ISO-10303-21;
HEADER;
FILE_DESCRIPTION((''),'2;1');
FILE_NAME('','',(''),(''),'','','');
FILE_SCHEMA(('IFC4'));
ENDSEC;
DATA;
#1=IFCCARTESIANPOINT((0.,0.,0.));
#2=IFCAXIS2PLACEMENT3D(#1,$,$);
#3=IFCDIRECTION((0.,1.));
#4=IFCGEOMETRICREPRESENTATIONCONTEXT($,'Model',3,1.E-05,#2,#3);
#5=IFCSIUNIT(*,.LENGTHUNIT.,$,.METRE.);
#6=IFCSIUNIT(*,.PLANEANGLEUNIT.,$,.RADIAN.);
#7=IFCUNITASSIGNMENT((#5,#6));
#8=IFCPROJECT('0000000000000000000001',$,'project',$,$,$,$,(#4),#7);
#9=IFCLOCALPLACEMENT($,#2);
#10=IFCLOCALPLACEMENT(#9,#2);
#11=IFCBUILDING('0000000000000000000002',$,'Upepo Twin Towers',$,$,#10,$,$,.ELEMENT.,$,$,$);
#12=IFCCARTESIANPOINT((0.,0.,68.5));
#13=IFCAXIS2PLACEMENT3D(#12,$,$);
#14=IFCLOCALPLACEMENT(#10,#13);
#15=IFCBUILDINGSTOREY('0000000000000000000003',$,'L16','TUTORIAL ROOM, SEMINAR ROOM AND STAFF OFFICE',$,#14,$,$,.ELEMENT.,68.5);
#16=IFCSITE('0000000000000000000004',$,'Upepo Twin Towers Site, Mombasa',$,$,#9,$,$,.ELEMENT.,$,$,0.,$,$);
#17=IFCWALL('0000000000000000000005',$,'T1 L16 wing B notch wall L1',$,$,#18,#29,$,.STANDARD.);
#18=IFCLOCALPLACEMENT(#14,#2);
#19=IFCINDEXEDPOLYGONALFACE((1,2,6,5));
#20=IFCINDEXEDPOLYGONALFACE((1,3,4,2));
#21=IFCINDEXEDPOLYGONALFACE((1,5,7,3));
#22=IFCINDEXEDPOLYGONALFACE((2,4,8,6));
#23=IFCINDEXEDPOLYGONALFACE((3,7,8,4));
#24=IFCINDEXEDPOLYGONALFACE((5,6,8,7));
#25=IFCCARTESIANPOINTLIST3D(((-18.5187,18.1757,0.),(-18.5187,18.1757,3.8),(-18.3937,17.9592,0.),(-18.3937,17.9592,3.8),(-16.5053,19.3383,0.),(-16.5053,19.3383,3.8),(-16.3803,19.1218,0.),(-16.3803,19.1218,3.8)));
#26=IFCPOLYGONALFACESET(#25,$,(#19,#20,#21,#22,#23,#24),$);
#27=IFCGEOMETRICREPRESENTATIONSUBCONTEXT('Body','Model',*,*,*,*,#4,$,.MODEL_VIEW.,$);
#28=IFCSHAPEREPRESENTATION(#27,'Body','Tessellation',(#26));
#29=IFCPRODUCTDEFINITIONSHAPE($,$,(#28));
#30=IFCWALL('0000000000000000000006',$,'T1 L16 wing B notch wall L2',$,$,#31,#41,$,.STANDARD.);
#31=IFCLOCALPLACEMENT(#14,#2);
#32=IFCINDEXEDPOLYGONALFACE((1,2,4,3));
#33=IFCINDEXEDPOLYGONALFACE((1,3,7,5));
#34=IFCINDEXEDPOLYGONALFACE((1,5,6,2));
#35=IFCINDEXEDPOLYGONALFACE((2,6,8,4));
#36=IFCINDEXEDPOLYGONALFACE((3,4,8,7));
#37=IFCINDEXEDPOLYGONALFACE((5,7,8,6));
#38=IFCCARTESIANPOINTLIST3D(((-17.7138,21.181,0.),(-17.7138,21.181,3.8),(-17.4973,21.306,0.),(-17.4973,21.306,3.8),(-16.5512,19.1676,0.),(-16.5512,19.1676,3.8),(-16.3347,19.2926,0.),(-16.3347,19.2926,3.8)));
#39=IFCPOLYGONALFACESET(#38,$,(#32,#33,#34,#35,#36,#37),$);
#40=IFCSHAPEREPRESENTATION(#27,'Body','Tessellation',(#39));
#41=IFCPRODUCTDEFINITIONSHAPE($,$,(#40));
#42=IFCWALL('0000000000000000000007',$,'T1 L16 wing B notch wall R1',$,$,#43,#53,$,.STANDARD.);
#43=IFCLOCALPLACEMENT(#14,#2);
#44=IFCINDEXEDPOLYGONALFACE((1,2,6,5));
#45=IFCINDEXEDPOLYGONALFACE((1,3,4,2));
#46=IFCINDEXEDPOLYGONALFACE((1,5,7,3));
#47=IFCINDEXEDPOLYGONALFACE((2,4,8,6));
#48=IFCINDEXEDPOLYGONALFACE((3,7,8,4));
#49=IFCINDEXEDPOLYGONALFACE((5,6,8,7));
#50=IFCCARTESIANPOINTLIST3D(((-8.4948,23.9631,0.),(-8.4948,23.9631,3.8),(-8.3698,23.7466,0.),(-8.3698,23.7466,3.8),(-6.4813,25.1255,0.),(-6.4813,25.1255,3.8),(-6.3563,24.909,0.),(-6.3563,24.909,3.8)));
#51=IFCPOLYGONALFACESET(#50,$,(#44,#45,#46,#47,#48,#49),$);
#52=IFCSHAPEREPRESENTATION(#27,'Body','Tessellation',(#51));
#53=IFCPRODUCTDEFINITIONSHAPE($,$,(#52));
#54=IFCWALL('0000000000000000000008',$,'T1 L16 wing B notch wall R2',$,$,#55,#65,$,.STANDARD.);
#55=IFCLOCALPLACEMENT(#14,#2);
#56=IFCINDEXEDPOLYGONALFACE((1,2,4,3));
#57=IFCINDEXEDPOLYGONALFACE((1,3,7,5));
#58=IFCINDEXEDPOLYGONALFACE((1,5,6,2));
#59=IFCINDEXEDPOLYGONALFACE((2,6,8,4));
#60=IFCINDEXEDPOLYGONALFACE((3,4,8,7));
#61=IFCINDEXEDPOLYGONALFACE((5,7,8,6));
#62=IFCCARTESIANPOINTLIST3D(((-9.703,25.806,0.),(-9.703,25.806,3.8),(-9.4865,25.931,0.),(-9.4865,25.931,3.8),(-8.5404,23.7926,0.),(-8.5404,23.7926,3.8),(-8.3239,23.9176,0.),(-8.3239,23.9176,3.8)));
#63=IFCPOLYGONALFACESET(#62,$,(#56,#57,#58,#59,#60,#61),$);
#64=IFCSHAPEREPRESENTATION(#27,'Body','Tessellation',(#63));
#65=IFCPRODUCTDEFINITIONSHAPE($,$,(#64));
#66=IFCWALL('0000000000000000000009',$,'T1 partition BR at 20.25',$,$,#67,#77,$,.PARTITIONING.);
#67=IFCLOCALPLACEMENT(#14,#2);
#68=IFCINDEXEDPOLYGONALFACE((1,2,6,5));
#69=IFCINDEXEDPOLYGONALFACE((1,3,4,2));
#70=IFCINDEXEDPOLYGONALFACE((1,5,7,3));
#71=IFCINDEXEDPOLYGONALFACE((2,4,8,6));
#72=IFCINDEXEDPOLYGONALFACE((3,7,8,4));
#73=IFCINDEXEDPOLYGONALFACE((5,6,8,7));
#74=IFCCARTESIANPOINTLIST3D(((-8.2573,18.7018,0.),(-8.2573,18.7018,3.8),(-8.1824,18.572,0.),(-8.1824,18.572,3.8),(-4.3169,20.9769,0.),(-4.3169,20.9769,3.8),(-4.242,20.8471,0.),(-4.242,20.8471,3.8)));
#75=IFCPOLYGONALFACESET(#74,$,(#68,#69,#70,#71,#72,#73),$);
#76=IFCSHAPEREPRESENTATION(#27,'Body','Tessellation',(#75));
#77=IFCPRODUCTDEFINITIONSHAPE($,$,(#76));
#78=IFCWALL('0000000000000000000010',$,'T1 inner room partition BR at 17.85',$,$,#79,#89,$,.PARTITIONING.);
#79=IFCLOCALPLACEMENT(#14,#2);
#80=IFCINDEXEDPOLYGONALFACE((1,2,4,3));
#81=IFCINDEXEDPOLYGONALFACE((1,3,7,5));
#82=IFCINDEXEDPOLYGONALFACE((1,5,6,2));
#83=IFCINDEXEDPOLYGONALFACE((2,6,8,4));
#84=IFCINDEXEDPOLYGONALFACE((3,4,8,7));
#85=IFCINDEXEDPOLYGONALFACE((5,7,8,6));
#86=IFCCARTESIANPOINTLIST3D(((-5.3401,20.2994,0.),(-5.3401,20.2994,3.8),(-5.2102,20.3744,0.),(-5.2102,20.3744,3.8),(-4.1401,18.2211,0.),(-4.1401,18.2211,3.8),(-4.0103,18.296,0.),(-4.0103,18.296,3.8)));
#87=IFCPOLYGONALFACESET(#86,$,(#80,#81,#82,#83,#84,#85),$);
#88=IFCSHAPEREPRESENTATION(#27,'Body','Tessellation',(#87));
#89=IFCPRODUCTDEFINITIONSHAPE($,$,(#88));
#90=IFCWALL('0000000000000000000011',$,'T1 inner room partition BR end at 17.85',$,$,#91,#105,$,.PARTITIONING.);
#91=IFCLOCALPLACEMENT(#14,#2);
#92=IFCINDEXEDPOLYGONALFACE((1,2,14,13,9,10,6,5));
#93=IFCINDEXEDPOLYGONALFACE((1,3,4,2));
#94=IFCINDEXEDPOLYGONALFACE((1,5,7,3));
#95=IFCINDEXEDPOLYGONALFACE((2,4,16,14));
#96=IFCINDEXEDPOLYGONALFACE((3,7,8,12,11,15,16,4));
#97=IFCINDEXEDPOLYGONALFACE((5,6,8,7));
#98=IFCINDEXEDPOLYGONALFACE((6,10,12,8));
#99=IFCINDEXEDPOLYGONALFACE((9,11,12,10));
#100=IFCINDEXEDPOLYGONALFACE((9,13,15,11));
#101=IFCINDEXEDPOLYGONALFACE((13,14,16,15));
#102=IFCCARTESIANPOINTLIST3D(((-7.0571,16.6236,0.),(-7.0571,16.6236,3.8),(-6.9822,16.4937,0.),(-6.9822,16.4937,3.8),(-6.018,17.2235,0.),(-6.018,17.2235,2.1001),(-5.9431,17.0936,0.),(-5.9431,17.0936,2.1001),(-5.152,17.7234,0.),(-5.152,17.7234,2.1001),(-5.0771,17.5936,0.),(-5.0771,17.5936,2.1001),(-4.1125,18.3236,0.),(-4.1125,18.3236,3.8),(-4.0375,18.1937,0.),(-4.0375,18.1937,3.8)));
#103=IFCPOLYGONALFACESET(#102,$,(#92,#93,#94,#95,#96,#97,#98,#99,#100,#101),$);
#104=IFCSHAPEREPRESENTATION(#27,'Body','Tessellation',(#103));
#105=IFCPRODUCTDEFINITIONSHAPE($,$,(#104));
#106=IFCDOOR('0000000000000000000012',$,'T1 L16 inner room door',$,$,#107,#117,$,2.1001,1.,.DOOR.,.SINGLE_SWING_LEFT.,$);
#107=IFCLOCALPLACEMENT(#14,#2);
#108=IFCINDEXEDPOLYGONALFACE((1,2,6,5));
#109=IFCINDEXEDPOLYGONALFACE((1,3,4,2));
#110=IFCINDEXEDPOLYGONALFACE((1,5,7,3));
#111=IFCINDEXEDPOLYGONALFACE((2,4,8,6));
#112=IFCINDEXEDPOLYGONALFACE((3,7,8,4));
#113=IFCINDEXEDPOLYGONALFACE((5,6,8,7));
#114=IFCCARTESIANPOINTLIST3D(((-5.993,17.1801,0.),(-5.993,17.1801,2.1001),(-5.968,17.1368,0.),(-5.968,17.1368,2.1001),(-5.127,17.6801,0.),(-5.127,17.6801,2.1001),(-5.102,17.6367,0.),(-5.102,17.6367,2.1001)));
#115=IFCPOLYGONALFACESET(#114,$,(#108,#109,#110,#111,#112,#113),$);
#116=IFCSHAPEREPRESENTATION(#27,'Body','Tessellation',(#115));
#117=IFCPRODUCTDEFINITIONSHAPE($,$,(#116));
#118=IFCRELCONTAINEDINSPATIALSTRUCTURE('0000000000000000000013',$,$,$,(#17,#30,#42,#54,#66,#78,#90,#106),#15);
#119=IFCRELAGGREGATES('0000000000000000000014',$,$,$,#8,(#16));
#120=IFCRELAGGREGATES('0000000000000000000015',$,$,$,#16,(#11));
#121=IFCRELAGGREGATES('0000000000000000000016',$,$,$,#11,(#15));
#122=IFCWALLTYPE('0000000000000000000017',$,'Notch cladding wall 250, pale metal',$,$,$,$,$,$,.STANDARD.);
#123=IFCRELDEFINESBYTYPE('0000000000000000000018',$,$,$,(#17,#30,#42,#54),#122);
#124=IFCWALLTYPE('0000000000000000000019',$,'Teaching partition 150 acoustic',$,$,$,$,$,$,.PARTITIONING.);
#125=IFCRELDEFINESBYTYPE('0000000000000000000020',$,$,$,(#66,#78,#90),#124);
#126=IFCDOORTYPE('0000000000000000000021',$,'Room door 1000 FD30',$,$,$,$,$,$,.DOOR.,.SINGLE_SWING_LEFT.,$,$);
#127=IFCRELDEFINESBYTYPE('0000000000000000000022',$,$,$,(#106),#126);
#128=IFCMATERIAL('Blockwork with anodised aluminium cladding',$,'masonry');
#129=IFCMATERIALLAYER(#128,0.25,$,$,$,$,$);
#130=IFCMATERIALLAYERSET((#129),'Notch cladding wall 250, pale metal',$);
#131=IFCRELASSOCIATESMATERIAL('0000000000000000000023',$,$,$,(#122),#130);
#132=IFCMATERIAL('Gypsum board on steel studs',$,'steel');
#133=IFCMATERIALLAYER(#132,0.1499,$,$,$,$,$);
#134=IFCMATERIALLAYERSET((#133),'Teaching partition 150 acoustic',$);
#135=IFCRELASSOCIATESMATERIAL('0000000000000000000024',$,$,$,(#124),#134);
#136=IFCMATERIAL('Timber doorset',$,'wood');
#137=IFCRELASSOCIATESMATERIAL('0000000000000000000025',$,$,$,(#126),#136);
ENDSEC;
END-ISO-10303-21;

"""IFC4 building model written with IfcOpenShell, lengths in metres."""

from ifc_helpers import new_model, si_unit, direction, frame, frame_2d, origin, place, context, subcontext, project, spatial, rectangle, extrude, material, layer, layer_set, type_object, element, fill, save


model = new_model("IFC4")

# Units and contexts
model_context = context("Model", 3, precision=1e-05, world=origin(), true_north=direction((0.0, 1.0)))
body_context = subcontext(model_context, "Body", "Model", "MODEL_VIEW")
ifc_project = project(units=[si_unit("LENGTHUNIT", "METRE"), si_unit("PLANEANGLEUNIT", "RADIAN")], contexts=[model_context])

# Site, building, storey
site_placement = place(None, origin())
site = spatial("IfcSite", under=ifc_project, at=site_placement, Name="Upepo Twin Towers Site, Mombasa", CompositionType="ELEMENT", RefElevation=0.0)
building_placement = place(site_placement, origin())
building = spatial("IfcBuilding", under=site, at=building_placement, Name="Upepo Twin Towers", CompositionType="ELEMENT")
storey_placement = place(building_placement, frame((0.0, 0.0, 68.5)))
storey = spatial("IfcBuildingStorey", under=building, at=storey_placement, Name="L16", Description="TUTORIAL ROOM, SEMINAR ROOM AND STAFF OFFICE", CompositionType="ELEMENT", Elevation=68.5)

# Walls
ifc_material_1 = material(Name="Blockwork with anodised aluminium cladding", Category="masonry")
ifc_layer_1 = layer(ifc_material_1, 0.25)
ifc_layer_set_1 = layer_set([ifc_layer_1], Name="Notch cladding wall 250, pale metal")
wall_type_1 = type_object("IfcWallType", Name="Notch cladding wall 250, pale metal", PredefinedType="STANDARD", material=ifc_layer_set_1)
for number, where, z_axis, x_axis, name in (
    (1, (-18.4563, 18.0674, 0.0), (0.0, 0.0, 1.0), (0.865998, 0.500047, 0.0), "T1 L16 wing B notch wall L1"),
    (2, (-16.4429, 19.23, 0.0), (0.0, 0.0, 1.0), (-0.500047, 0.865998, 0.0), "T1 L16 wing B notch wall L2"),
    (3, (-6.4187, 25.0173, 0.0), (0.0, 0.0, 1.0), (-0.866044, -0.499968, 0.0), "T1 L16 wing B notch wall R1"),
    (4, (-8.4321, 23.855, 0.0), (0.0, 0.0, 1.0), (-0.500047, 0.865998, 0.0), "T1 L16 wing B notch wall R2"),
):
    element("IfcWall", number, at=place(storey_placement, frame(where, z_axis=z_axis, x_axis=x_axis)), inside=storey, type_object=wall_type_1, Name=name, PredefinedType="STANDARD", context=body_context, shape_type="SweptSolid", body=[
        extrude(rectangle(XDim=2.325, YDim=0.25, at=frame_2d((1.1626, 0.0))), origin(), (0.0, 0.0, 1.0), 3.8),
    ])
ifc_material_2 = material(Name="Gypsum board on steel studs", Category="steel")
ifc_layer_2 = layer(ifc_material_2, 0.1499)
ifc_layer_set_2 = layer_set([ifc_layer_2], Name="Teaching partition 150 acoustic")
wall_type_2 = type_object("IfcWallType", Name="Teaching partition 150 acoustic", PredefinedType="PARTITIONING", material=ifc_layer_set_2)
wall_1_placement = place(storey_placement, frame((-8.2197, 18.637, 0.0), z_axis=(0.0, 0.0, 1.0), x_axis=(0.866012, 0.500023, 0.0)))
element("IfcWall", 5, at=wall_1_placement, inside=storey, type_object=wall_type_2, Name="T1 partition BR at 20.25", PredefinedType="PARTITIONING", context=body_context, shape_type="SweptSolid", body=[
    extrude(rectangle(XDim=4.55, YDim=0.1499, at=frame_2d((2.2749, 0.0))), origin(), (0.0, 0.0, 1.0), 3.8),
])
wall_2_placement = place(storey_placement, frame((-4.0752, 18.2585, 0.0), z_axis=(0.0, 0.0, 1.0), x_axis=(-0.500001, 0.866025, 0.0)))
element("IfcWall", 6, at=wall_2_placement, inside=storey, type_object=wall_type_2, Name="T1 inner room partition BR at 17.85", PredefinedType="PARTITIONING", context=body_context, shape_type="SweptSolid", body=[
    extrude(rectangle(XDim=2.3999, YDim=0.1499, at=frame_2d((1.2, 0.0))), origin(), (0.0, 0.0, 1.0), 3.8),
])

# Wall, opening, door
wall_3_placement = place(storey_placement, frame((-7.0198, 16.5586, 0.0), z_axis=(0.0, 0.0, 1.0), x_axis=(0.866039, 0.499977, 0.0)))
wall_3 = element("IfcWall", 7, at=wall_3_placement, inside=storey, type_object=wall_type_2, Name="T1 inner room partition BR end at 17.85", PredefinedType="PARTITIONING", context=body_context, shape_type="SweptSolid", body=[
    extrude(rectangle(XDim=3.4001, YDim=0.1499, at=frame_2d((1.7002, 0.0))), origin(), (0.0, 0.0, 1.0), 3.8),
])
opening_placement = place(wall_3_placement, frame((1.2, 0.0, 0.0)))
opening = element("IfcOpeningElement", 8, at=opening_placement, cuts=wall_3, PredefinedType="OPENING", context=body_context, shape_type="SweptSolid", body=[
    extrude(rectangle(XDim=1.0, YDim=2.1001, at=frame_2d((0.5, 1.05))), frame((0.0, 0.085, 0.0), z_axis=(0.0, -1.0, 0.0), x_axis=(1.0, 0.0, 0.0)), (0.0, 0.0, 1.0), 0.1699),
])
ifc_material_3 = material(Name="Timber doorset", Category="wood")
door_type = type_object("IfcDoorType", Name="Room door 1000 FD30", OperationType="SINGLE_SWING_LEFT", PredefinedType="DOOR", material=ifc_material_3)
door_placement = place(opening_placement, origin())
door = element("IfcDoor", 9, at=door_placement, inside=storey, type_object=door_type, Name="T1 L16 inner room door", OperationType="SINGLE_SWING_LEFT", OverallHeight=2.1001, OverallWidth=1.0, PredefinedType="DOOR", context=body_context, shape_type="SweptSolid", body=[
    extrude(rectangle(XDim=1.0, YDim=2.1001, at=frame_2d((0.5, 1.05))), frame((0.0, 0.0249, 0.0), z_axis=(0.0, -1.0, 0.0), x_axis=(1.0, 0.0, 0.0)), (0.0, 0.0, 1.0), 0.05),
])
fill(opening, door)

save(model, "model.ifc")
